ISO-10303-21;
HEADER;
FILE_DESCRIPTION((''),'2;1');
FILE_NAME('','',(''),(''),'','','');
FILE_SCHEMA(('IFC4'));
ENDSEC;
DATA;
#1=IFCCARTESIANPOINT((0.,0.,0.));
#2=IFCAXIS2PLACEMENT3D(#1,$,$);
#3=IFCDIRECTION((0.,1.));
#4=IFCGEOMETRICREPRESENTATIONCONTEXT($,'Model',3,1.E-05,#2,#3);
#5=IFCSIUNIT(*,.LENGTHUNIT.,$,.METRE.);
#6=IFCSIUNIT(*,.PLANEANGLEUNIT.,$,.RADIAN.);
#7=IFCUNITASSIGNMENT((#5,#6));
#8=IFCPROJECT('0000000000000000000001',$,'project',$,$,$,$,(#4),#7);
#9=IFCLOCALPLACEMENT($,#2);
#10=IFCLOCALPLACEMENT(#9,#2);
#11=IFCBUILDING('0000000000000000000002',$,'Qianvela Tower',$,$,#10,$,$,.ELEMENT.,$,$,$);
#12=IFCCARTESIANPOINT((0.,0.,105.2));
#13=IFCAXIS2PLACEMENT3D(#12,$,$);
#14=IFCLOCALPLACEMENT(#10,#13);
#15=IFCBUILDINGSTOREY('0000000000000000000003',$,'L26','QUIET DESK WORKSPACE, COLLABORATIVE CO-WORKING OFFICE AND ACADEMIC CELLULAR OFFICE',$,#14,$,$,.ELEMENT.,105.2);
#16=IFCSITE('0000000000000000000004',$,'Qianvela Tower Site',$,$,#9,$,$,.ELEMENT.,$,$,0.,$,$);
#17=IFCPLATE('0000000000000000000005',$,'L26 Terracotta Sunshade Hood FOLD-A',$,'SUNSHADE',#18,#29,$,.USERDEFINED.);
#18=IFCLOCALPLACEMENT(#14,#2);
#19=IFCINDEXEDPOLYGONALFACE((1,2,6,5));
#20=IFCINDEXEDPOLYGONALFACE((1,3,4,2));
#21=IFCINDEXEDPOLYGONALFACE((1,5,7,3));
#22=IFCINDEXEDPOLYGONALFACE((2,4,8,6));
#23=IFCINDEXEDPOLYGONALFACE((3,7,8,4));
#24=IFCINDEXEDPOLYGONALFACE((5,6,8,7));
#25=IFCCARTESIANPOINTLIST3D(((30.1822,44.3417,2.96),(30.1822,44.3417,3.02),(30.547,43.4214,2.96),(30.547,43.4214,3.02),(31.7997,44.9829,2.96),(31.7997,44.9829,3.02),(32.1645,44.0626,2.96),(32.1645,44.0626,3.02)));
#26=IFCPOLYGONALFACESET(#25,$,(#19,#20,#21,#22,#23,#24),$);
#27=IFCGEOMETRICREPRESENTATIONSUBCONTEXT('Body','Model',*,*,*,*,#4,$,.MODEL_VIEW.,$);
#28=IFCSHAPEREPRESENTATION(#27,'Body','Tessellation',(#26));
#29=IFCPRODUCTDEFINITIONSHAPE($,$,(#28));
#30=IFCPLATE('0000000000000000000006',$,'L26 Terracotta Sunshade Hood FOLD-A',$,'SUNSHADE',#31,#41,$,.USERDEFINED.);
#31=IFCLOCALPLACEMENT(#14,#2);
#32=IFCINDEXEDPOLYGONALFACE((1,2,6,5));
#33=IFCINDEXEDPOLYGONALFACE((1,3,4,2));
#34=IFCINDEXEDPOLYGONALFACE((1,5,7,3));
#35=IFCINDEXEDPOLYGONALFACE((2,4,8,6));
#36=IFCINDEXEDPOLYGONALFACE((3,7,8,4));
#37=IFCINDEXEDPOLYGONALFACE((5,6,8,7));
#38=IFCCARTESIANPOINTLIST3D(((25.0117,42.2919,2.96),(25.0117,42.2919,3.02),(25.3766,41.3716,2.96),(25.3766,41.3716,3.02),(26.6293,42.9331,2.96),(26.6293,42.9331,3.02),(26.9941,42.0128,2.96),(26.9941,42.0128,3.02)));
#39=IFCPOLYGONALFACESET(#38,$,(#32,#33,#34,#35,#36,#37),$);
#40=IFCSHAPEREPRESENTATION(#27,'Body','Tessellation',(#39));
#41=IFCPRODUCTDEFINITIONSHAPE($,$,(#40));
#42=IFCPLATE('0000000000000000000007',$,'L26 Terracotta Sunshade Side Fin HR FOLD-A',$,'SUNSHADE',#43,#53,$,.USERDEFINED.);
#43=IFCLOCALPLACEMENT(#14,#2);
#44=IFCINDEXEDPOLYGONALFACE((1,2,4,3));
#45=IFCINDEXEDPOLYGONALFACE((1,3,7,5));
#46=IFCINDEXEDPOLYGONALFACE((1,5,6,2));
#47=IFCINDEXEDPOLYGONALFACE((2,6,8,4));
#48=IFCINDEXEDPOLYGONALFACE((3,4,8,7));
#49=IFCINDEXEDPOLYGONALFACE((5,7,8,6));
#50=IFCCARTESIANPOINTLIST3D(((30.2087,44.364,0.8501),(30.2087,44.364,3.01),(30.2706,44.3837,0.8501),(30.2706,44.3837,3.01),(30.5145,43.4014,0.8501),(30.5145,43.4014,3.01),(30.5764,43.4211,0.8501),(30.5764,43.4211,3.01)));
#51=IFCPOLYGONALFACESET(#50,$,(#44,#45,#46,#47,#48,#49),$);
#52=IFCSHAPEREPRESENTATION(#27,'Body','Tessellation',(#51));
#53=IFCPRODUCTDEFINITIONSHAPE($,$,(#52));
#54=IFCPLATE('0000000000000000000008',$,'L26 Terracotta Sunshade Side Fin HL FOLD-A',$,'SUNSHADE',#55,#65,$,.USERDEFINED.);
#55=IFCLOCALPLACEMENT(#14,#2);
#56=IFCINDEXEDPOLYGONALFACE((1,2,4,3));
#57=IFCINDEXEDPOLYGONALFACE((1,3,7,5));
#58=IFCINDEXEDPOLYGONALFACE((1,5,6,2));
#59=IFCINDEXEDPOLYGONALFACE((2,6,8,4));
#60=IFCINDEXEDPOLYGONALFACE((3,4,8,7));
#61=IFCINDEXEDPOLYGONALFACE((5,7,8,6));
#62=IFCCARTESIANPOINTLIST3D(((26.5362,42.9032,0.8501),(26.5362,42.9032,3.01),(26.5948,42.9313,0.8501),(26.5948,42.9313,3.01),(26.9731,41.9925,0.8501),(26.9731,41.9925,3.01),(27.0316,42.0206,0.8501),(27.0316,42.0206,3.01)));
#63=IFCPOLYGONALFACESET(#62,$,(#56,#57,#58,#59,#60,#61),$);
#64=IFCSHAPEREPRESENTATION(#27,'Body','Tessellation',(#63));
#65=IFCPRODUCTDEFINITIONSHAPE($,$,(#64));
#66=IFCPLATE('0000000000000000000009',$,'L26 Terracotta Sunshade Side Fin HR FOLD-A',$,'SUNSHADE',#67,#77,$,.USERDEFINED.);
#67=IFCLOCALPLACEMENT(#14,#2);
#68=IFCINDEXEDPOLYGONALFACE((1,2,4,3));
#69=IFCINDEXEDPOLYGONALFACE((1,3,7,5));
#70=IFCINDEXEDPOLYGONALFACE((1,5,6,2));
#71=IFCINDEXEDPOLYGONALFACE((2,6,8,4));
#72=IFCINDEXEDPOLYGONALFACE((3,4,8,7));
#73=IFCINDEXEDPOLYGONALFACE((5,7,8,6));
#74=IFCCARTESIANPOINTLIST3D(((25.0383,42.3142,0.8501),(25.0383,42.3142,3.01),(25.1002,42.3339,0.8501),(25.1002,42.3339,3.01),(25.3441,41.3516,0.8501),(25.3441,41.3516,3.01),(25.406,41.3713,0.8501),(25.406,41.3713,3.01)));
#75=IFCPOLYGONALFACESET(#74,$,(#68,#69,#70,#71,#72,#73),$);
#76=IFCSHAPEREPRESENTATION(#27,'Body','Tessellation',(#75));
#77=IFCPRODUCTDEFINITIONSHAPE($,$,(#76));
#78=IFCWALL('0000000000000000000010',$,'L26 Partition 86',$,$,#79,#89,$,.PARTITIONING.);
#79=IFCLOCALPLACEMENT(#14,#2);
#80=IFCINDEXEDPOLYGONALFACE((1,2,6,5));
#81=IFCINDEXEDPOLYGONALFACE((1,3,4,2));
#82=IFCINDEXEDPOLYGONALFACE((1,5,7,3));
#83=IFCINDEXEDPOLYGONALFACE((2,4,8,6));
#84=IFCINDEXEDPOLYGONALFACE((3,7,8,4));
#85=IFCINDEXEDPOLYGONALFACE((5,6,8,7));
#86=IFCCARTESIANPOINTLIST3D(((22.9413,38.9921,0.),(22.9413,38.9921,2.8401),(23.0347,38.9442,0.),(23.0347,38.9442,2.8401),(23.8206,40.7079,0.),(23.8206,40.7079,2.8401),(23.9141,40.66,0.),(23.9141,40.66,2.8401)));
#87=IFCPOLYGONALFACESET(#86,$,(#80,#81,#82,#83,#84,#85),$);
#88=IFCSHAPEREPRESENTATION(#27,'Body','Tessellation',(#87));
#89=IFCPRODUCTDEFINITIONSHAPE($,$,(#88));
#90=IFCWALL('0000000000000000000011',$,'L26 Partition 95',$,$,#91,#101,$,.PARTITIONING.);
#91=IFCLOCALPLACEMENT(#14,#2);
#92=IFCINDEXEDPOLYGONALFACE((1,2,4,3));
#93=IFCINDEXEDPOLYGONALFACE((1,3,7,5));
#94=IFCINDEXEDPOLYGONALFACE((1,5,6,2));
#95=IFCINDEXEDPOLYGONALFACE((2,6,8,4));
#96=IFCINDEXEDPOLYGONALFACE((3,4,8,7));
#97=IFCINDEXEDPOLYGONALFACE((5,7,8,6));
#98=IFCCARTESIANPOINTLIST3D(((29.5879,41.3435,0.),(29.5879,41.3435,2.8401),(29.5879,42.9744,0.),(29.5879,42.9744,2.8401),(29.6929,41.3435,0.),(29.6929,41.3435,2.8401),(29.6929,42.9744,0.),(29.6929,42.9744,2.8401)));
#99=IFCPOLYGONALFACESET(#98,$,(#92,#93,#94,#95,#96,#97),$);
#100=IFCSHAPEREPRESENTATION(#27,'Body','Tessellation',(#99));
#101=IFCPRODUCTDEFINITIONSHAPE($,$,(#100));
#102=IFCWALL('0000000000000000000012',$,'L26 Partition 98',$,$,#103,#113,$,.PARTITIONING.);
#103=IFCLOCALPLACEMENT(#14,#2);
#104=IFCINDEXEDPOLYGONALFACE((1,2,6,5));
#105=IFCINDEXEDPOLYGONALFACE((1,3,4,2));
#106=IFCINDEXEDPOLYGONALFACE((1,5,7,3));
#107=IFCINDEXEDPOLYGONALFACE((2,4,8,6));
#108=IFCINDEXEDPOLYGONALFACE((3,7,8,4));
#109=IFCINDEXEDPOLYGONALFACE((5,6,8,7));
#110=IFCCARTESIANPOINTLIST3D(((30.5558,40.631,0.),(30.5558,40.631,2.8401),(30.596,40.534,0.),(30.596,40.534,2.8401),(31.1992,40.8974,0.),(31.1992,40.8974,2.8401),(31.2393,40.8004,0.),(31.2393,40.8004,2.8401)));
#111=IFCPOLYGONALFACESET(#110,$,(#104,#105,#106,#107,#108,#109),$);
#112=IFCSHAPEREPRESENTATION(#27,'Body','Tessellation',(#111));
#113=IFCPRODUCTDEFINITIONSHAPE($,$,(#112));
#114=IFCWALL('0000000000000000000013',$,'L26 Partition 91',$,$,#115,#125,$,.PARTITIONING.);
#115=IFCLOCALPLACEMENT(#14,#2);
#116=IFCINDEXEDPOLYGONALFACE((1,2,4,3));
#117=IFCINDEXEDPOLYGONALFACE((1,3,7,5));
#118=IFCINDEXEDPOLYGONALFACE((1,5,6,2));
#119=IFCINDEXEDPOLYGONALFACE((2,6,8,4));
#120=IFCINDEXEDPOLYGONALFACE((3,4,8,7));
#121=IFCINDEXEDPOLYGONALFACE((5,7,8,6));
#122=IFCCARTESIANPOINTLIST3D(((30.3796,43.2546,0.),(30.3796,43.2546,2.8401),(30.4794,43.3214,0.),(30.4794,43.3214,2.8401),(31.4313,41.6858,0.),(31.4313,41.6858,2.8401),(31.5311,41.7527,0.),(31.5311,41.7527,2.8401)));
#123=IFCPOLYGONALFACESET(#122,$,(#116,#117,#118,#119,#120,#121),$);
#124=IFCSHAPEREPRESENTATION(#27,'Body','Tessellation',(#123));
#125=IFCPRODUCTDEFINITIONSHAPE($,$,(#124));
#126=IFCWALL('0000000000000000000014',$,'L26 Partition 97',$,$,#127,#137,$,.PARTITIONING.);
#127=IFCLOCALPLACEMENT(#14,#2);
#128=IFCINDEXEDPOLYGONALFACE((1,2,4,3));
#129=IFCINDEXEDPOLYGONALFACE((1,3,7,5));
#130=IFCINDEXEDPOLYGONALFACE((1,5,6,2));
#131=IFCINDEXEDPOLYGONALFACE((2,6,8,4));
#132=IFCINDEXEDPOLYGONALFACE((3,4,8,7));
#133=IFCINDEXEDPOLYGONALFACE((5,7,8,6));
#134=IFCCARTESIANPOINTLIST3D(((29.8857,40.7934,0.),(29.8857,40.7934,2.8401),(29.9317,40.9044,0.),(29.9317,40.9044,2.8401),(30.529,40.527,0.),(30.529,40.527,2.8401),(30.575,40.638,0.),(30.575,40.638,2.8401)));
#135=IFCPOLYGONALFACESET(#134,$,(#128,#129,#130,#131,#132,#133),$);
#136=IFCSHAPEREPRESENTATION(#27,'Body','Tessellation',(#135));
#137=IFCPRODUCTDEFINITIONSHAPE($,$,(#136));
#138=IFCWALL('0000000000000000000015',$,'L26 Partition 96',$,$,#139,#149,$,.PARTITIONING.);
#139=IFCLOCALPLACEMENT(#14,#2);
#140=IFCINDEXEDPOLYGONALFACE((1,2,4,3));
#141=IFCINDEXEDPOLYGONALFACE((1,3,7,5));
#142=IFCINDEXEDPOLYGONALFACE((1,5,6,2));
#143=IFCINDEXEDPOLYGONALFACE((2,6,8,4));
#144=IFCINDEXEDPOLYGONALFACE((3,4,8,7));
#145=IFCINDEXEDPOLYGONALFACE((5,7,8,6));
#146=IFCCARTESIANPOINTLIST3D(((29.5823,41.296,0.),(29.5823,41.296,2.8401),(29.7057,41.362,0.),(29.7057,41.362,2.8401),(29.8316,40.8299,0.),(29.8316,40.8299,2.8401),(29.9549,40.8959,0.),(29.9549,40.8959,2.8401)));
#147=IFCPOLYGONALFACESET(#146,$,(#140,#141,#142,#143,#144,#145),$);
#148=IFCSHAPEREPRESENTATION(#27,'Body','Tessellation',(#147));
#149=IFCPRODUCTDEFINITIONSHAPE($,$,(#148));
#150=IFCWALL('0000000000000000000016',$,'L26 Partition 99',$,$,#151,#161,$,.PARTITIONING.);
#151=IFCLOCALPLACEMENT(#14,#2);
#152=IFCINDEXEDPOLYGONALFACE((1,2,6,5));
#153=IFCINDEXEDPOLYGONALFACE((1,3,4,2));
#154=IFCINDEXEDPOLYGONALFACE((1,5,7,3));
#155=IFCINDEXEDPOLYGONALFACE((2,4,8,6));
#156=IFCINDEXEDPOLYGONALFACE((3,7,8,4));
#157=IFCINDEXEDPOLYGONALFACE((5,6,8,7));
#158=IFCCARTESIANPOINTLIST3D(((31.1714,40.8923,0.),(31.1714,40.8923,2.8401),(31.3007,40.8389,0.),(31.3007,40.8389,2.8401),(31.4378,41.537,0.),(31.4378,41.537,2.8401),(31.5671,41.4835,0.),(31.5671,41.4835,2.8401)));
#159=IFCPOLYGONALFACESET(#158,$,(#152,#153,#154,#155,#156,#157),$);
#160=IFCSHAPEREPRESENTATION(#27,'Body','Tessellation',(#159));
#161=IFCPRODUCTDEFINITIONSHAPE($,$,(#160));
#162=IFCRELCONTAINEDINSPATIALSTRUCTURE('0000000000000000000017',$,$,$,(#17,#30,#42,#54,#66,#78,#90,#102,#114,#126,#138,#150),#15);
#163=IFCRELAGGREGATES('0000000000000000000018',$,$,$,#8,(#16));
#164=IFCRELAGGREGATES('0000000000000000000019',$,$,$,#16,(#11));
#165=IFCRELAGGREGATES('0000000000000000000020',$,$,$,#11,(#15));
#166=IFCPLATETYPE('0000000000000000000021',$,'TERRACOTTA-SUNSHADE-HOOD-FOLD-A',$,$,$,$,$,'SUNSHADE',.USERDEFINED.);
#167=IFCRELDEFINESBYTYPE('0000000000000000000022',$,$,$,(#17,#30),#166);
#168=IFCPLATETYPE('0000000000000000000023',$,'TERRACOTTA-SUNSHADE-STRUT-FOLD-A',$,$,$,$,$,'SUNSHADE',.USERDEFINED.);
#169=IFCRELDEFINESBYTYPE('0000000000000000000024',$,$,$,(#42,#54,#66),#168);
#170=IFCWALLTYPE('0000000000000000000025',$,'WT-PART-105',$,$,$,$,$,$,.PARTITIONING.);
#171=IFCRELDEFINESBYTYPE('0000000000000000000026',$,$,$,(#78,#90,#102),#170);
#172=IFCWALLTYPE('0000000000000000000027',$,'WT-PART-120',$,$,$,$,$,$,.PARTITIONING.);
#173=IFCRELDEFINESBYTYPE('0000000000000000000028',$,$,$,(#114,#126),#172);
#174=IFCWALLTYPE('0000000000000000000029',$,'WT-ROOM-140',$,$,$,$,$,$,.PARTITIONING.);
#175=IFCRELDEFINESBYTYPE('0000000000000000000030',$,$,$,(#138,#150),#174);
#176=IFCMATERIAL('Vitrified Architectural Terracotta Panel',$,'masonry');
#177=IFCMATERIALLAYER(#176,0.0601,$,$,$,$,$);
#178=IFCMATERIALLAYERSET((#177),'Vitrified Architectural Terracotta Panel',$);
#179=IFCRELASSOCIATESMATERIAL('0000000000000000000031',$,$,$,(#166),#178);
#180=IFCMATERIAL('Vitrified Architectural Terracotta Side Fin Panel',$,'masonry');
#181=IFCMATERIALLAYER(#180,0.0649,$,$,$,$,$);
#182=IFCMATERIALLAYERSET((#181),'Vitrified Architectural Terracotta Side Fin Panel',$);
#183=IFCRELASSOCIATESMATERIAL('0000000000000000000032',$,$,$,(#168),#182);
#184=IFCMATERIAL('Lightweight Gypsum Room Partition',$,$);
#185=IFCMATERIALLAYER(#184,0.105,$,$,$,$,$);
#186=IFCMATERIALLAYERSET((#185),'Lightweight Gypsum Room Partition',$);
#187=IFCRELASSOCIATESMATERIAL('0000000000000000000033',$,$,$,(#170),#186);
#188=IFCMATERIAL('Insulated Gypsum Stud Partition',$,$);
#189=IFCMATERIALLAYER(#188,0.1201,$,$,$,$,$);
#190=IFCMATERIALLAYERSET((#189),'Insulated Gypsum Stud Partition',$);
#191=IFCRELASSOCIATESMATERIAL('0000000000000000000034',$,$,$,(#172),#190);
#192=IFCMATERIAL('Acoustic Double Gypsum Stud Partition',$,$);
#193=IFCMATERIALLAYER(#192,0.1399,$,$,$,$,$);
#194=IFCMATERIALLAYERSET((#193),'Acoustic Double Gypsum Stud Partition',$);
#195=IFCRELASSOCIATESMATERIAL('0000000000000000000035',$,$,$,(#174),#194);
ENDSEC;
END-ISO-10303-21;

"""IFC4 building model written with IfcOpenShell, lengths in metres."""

from ifc_helpers import new_model, si_unit, direction, frame, frame_2d, origin, origin_2d, place, context, subcontext, project, spatial, rectangle, extrude, material, layer, layer_set, type_object, element, save


model = new_model("IFC4")

# Units and contexts
model_context = context("Model", 3, precision=1e-05, world=origin(), true_north=direction((0.0, 1.0)))
body_context = subcontext(model_context, "Body", "Model", "MODEL_VIEW")
ifc_project = project(units=[si_unit("LENGTHUNIT", "METRE"), si_unit("PLANEANGLEUNIT", "RADIAN")], contexts=[model_context])

# Site, building, storey
site_placement = place(None, origin())
site = spatial("IfcSite", under=ifc_project, at=site_placement, Name="Qianvela Tower Site", CompositionType="ELEMENT", RefElevation=0.0)
building_placement = place(site_placement, origin())
building = spatial("IfcBuilding", under=site, at=building_placement, Name="Qianvela Tower", CompositionType="ELEMENT")
storey_placement = place(building_placement, frame((0.0, 0.0, 105.2)))
storey = spatial("IfcBuildingStorey", under=building, at=storey_placement, Name="L26", Description="QUIET DESK WORKSPACE, COLLABORATIVE CO-WORKING OFFICE AND ACADEMIC CELLULAR OFFICE", CompositionType="ELEMENT", Elevation=105.2)

# Plates
ifc_material_1 = material(Name="Vitrified Architectural Terracotta Panel", Category="masonry")
ifc_layer_1 = layer(ifc_material_1, 0.0601)
ifc_layer_set_1 = layer_set([ifc_layer_1], Name="Vitrified Architectural Terracotta Panel")
plate_type_1 = type_object("IfcPlateType", Name="TERRACOTTA-SUNSHADE-HOOD-FOLD-A", ElementType="SUNSHADE", PredefinedType="USERDEFINED", material=ifc_layer_set_1)
for number, where, z_axis, x_axis, name in (
    (1, (31.1733, 44.2021, 2.96), (0.0, 0.0, 1.0), (-0.92961, -0.368545, 0.0), "L26 Terracotta Sunshade Hood FOLD-A"),
    (2, (26.0029, 42.1523, 2.96), (0.0, 0.0, 1.0), (-0.92961, -0.368545, 0.0), "L26 Terracotta Sunshade Hood FOLD-A"),
):
    element("IfcPlate", number, at=place(storey_placement, frame(where, z_axis=z_axis, x_axis=x_axis)), inside=storey, type_object=plate_type_1, Name=name, ObjectType="SUNSHADE", PredefinedType="USERDEFINED", context=body_context, shape_type="SweptSolid", body=[
        extrude(rectangle(XDim=1.74, YDim=0.99, at=origin_2d()), origin(), (0.0, 0.0, 1.0), 0.0601),
    ])
ifc_material_2 = material(Name="Vitrified Architectural Terracotta Side Fin Panel", Category="masonry")
ifc_layer_2 = layer(ifc_material_2, 0.0649)
ifc_layer_set_2 = layer_set([ifc_layer_2], Name="Vitrified Architectural Terracotta Side Fin Panel")
plate_type_2 = type_object("IfcPlateType", Name="TERRACOTTA-SUNSHADE-STRUT-FOLD-A", ElementType="SUNSHADE", PredefinedType="USERDEFINED", material=ifc_layer_set_2)
for number, where, z_axis, x_axis, name in (
    (3, (30.3926, 43.8926, 0.8501), (0.0, 0.0, 1.0), (-0.953054, -0.302801, 0.0), "L26 Terracotta Sunshade Side Fin HR FOLD-A"),
    (4, (26.7839, 42.4619, 0.8501), (0.0, 0.0, 1.0), (-0.901637, -0.432493, 0.0), "L26 Terracotta Sunshade Side Fin HL FOLD-A"),
    (5, (25.2222, 41.8428, 0.8501), (0.0, 0.0, 1.0), (-0.953054, -0.302801, 0.0), "L26 Terracotta Sunshade Side Fin HR FOLD-A"),
):
    element("IfcPlate", number, at=place(storey_placement, frame(where, z_axis=z_axis, x_axis=x_axis)), inside=storey, type_object=plate_type_2, Name=name, ObjectType="SUNSHADE", PredefinedType="USERDEFINED", context=body_context, shape_type="SweptSolid", body=[
        extrude(rectangle(XDim=0.0649, YDim=1.01, at=origin_2d()), origin(), (0.0, 0.0, 1.0), 2.1599),
    ])

# Walls
ifc_material_3 = material(Name="Lightweight Gypsum Room Partition")
ifc_layer_3 = layer(ifc_material_3, 0.105)
ifc_layer_set_3 = layer_set([ifc_layer_3], Name="Lightweight Gypsum Room Partition")
wall_type_1 = type_object("IfcWallType", Name="WT-PART-105", PredefinedType="PARTITIONING", material=ifc_layer_set_3)
wall_1_placement = place(storey_placement, frame((22.988, 38.9683, 0.0), z_axis=(0.0, 0.0, 1.0), x_axis=(0.456106, 0.889926, 0.0)))
element("IfcWall", 6, at=wall_1_placement, inside=storey, type_object=wall_type_1, Name="L26 Partition 86", PredefinedType="PARTITIONING", context=body_context, shape_type="SweptSolid", body=[
    extrude(rectangle(XDim=1.928, YDim=0.105, at=frame_2d((0.9639, 0.0))), origin(), (0.0, 0.0, 1.0), 2.8401),
])
wall_2_placement = place(storey_placement, frame((29.6404, 42.9744, 0.0), z_axis=(0.0, 0.0, 1.0), x_axis=(0.0, -1.0, 0.0)))
element("IfcWall", 7, at=wall_2_placement, inside=storey, type_object=wall_type_1, Name="L26 Partition 95", PredefinedType="PARTITIONING", context=body_context, shape_type="SweptSolid", body=[
    extrude(rectangle(XDim=1.6309, YDim=0.105, at=frame_2d((0.8154, 0.0))), origin(), (0.0, 0.0, 1.0), 2.8401),
])
wall_3_placement = place(storey_placement, frame((30.5759, 40.5825, 0.0), z_axis=(0.0, 0.0, 1.0), x_axis=(0.923936, 0.382548, 0.0)))
element("IfcWall", 8, at=wall_3_placement, inside=storey, type_object=wall_type_1, Name="L26 Partition 98", PredefinedType="PARTITIONING", context=body_context, shape_type="SweptSolid", body=[
    extrude(rectangle(XDim=0.6963, YDim=0.105, at=frame_2d((0.3481, 0.0))), origin(), (0.0, 0.0, 1.0), 2.8401),
])
ifc_material_4 = material(Name="Insulated Gypsum Stud Partition")
ifc_layer_4 = layer(ifc_material_4, 0.1201)
ifc_layer_set_4 = layer_set([ifc_layer_4], Name="Insulated Gypsum Stud Partition")
wall_type_2 = type_object("IfcWallType", Name="WT-PART-120", PredefinedType="PARTITIONING", material=ifc_layer_set_4)
wall_4_placement = place(storey_placement, frame((31.4812, 41.7192, 0.0), z_axis=(0.0, 0.0, 1.0), x_axis=(-0.556846, 0.830616, 0.0)))
element("IfcWall", 9, at=wall_4_placement, inside=storey, type_object=wall_type_2, Name="L26 Partition 91", PredefinedType="PARTITIONING", context=body_context, shape_type="SweptSolid", body=[
    extrude(rectangle(XDim=1.8887, YDim=0.1201, at=frame_2d((0.9443, 0.0))), origin(), (0.0, 0.0, 1.0), 2.8401),
])
wall_5_placement = place(storey_placement, frame((29.9087, 40.8489, 0.0), z_axis=(0.0, 0.0, 1.0), x_axis=(0.923936, -0.382548, 0.0)))
element("IfcWall", 10, at=wall_5_placement, inside=storey, type_object=wall_type_2, Name="L26 Partition 97", PredefinedType="PARTITIONING", context=body_context, shape_type="SweptSolid", body=[
    extrude(rectangle(XDim=0.6963, YDim=0.1201, at=frame_2d((0.3481, 0.0))), origin(), (0.0, 0.0, 1.0), 2.8401),
])
ifc_material_5 = material(Name="Acoustic Double Gypsum Stud Partition")
ifc_layer_5 = layer(ifc_material_5, 0.1399)
ifc_layer_set_5 = layer_set([ifc_layer_5], Name="Acoustic Double Gypsum Stud Partition")
wall_type_3 = type_object("IfcWallType", Name="WT-ROOM-140", PredefinedType="PARTITIONING", material=ifc_layer_set_5)
wall_6_placement = place(storey_placement, frame((29.644, 41.3289, 0.0), z_axis=(0.0, 0.0, 1.0), x_axis=(0.471619, -0.881803, 0.0)))
element("IfcWall", 11, at=wall_6_placement, inside=storey, type_object=wall_type_3, Name="L26 Partition 96", PredefinedType="PARTITIONING", context=body_context, shape_type="SweptSolid", body=[
    extrude(rectangle(XDim=0.5286, YDim=0.1399, at=frame_2d((0.2642, 0.0))), origin(), (0.0, 0.0, 1.0), 2.8401),
])
wall_7_placement = place(storey_placement, frame((31.2361, 40.8657, 0.0), z_axis=(0.0, 0.0, 1.0), x_axis=(0.381929, 0.924192, 0.0)))
element("IfcWall", 12, at=wall_7_placement, inside=storey, type_object=wall_type_3, Name="L26 Partition 99", PredefinedType="PARTITIONING", context=body_context, shape_type="SweptSolid", body=[
    extrude(rectangle(XDim=0.6975, YDim=0.1399, at=frame_2d((0.3486, 0.0))), origin(), (0.0, 0.0, 1.0), 2.8401),
])

save(model, "model.ifc")
